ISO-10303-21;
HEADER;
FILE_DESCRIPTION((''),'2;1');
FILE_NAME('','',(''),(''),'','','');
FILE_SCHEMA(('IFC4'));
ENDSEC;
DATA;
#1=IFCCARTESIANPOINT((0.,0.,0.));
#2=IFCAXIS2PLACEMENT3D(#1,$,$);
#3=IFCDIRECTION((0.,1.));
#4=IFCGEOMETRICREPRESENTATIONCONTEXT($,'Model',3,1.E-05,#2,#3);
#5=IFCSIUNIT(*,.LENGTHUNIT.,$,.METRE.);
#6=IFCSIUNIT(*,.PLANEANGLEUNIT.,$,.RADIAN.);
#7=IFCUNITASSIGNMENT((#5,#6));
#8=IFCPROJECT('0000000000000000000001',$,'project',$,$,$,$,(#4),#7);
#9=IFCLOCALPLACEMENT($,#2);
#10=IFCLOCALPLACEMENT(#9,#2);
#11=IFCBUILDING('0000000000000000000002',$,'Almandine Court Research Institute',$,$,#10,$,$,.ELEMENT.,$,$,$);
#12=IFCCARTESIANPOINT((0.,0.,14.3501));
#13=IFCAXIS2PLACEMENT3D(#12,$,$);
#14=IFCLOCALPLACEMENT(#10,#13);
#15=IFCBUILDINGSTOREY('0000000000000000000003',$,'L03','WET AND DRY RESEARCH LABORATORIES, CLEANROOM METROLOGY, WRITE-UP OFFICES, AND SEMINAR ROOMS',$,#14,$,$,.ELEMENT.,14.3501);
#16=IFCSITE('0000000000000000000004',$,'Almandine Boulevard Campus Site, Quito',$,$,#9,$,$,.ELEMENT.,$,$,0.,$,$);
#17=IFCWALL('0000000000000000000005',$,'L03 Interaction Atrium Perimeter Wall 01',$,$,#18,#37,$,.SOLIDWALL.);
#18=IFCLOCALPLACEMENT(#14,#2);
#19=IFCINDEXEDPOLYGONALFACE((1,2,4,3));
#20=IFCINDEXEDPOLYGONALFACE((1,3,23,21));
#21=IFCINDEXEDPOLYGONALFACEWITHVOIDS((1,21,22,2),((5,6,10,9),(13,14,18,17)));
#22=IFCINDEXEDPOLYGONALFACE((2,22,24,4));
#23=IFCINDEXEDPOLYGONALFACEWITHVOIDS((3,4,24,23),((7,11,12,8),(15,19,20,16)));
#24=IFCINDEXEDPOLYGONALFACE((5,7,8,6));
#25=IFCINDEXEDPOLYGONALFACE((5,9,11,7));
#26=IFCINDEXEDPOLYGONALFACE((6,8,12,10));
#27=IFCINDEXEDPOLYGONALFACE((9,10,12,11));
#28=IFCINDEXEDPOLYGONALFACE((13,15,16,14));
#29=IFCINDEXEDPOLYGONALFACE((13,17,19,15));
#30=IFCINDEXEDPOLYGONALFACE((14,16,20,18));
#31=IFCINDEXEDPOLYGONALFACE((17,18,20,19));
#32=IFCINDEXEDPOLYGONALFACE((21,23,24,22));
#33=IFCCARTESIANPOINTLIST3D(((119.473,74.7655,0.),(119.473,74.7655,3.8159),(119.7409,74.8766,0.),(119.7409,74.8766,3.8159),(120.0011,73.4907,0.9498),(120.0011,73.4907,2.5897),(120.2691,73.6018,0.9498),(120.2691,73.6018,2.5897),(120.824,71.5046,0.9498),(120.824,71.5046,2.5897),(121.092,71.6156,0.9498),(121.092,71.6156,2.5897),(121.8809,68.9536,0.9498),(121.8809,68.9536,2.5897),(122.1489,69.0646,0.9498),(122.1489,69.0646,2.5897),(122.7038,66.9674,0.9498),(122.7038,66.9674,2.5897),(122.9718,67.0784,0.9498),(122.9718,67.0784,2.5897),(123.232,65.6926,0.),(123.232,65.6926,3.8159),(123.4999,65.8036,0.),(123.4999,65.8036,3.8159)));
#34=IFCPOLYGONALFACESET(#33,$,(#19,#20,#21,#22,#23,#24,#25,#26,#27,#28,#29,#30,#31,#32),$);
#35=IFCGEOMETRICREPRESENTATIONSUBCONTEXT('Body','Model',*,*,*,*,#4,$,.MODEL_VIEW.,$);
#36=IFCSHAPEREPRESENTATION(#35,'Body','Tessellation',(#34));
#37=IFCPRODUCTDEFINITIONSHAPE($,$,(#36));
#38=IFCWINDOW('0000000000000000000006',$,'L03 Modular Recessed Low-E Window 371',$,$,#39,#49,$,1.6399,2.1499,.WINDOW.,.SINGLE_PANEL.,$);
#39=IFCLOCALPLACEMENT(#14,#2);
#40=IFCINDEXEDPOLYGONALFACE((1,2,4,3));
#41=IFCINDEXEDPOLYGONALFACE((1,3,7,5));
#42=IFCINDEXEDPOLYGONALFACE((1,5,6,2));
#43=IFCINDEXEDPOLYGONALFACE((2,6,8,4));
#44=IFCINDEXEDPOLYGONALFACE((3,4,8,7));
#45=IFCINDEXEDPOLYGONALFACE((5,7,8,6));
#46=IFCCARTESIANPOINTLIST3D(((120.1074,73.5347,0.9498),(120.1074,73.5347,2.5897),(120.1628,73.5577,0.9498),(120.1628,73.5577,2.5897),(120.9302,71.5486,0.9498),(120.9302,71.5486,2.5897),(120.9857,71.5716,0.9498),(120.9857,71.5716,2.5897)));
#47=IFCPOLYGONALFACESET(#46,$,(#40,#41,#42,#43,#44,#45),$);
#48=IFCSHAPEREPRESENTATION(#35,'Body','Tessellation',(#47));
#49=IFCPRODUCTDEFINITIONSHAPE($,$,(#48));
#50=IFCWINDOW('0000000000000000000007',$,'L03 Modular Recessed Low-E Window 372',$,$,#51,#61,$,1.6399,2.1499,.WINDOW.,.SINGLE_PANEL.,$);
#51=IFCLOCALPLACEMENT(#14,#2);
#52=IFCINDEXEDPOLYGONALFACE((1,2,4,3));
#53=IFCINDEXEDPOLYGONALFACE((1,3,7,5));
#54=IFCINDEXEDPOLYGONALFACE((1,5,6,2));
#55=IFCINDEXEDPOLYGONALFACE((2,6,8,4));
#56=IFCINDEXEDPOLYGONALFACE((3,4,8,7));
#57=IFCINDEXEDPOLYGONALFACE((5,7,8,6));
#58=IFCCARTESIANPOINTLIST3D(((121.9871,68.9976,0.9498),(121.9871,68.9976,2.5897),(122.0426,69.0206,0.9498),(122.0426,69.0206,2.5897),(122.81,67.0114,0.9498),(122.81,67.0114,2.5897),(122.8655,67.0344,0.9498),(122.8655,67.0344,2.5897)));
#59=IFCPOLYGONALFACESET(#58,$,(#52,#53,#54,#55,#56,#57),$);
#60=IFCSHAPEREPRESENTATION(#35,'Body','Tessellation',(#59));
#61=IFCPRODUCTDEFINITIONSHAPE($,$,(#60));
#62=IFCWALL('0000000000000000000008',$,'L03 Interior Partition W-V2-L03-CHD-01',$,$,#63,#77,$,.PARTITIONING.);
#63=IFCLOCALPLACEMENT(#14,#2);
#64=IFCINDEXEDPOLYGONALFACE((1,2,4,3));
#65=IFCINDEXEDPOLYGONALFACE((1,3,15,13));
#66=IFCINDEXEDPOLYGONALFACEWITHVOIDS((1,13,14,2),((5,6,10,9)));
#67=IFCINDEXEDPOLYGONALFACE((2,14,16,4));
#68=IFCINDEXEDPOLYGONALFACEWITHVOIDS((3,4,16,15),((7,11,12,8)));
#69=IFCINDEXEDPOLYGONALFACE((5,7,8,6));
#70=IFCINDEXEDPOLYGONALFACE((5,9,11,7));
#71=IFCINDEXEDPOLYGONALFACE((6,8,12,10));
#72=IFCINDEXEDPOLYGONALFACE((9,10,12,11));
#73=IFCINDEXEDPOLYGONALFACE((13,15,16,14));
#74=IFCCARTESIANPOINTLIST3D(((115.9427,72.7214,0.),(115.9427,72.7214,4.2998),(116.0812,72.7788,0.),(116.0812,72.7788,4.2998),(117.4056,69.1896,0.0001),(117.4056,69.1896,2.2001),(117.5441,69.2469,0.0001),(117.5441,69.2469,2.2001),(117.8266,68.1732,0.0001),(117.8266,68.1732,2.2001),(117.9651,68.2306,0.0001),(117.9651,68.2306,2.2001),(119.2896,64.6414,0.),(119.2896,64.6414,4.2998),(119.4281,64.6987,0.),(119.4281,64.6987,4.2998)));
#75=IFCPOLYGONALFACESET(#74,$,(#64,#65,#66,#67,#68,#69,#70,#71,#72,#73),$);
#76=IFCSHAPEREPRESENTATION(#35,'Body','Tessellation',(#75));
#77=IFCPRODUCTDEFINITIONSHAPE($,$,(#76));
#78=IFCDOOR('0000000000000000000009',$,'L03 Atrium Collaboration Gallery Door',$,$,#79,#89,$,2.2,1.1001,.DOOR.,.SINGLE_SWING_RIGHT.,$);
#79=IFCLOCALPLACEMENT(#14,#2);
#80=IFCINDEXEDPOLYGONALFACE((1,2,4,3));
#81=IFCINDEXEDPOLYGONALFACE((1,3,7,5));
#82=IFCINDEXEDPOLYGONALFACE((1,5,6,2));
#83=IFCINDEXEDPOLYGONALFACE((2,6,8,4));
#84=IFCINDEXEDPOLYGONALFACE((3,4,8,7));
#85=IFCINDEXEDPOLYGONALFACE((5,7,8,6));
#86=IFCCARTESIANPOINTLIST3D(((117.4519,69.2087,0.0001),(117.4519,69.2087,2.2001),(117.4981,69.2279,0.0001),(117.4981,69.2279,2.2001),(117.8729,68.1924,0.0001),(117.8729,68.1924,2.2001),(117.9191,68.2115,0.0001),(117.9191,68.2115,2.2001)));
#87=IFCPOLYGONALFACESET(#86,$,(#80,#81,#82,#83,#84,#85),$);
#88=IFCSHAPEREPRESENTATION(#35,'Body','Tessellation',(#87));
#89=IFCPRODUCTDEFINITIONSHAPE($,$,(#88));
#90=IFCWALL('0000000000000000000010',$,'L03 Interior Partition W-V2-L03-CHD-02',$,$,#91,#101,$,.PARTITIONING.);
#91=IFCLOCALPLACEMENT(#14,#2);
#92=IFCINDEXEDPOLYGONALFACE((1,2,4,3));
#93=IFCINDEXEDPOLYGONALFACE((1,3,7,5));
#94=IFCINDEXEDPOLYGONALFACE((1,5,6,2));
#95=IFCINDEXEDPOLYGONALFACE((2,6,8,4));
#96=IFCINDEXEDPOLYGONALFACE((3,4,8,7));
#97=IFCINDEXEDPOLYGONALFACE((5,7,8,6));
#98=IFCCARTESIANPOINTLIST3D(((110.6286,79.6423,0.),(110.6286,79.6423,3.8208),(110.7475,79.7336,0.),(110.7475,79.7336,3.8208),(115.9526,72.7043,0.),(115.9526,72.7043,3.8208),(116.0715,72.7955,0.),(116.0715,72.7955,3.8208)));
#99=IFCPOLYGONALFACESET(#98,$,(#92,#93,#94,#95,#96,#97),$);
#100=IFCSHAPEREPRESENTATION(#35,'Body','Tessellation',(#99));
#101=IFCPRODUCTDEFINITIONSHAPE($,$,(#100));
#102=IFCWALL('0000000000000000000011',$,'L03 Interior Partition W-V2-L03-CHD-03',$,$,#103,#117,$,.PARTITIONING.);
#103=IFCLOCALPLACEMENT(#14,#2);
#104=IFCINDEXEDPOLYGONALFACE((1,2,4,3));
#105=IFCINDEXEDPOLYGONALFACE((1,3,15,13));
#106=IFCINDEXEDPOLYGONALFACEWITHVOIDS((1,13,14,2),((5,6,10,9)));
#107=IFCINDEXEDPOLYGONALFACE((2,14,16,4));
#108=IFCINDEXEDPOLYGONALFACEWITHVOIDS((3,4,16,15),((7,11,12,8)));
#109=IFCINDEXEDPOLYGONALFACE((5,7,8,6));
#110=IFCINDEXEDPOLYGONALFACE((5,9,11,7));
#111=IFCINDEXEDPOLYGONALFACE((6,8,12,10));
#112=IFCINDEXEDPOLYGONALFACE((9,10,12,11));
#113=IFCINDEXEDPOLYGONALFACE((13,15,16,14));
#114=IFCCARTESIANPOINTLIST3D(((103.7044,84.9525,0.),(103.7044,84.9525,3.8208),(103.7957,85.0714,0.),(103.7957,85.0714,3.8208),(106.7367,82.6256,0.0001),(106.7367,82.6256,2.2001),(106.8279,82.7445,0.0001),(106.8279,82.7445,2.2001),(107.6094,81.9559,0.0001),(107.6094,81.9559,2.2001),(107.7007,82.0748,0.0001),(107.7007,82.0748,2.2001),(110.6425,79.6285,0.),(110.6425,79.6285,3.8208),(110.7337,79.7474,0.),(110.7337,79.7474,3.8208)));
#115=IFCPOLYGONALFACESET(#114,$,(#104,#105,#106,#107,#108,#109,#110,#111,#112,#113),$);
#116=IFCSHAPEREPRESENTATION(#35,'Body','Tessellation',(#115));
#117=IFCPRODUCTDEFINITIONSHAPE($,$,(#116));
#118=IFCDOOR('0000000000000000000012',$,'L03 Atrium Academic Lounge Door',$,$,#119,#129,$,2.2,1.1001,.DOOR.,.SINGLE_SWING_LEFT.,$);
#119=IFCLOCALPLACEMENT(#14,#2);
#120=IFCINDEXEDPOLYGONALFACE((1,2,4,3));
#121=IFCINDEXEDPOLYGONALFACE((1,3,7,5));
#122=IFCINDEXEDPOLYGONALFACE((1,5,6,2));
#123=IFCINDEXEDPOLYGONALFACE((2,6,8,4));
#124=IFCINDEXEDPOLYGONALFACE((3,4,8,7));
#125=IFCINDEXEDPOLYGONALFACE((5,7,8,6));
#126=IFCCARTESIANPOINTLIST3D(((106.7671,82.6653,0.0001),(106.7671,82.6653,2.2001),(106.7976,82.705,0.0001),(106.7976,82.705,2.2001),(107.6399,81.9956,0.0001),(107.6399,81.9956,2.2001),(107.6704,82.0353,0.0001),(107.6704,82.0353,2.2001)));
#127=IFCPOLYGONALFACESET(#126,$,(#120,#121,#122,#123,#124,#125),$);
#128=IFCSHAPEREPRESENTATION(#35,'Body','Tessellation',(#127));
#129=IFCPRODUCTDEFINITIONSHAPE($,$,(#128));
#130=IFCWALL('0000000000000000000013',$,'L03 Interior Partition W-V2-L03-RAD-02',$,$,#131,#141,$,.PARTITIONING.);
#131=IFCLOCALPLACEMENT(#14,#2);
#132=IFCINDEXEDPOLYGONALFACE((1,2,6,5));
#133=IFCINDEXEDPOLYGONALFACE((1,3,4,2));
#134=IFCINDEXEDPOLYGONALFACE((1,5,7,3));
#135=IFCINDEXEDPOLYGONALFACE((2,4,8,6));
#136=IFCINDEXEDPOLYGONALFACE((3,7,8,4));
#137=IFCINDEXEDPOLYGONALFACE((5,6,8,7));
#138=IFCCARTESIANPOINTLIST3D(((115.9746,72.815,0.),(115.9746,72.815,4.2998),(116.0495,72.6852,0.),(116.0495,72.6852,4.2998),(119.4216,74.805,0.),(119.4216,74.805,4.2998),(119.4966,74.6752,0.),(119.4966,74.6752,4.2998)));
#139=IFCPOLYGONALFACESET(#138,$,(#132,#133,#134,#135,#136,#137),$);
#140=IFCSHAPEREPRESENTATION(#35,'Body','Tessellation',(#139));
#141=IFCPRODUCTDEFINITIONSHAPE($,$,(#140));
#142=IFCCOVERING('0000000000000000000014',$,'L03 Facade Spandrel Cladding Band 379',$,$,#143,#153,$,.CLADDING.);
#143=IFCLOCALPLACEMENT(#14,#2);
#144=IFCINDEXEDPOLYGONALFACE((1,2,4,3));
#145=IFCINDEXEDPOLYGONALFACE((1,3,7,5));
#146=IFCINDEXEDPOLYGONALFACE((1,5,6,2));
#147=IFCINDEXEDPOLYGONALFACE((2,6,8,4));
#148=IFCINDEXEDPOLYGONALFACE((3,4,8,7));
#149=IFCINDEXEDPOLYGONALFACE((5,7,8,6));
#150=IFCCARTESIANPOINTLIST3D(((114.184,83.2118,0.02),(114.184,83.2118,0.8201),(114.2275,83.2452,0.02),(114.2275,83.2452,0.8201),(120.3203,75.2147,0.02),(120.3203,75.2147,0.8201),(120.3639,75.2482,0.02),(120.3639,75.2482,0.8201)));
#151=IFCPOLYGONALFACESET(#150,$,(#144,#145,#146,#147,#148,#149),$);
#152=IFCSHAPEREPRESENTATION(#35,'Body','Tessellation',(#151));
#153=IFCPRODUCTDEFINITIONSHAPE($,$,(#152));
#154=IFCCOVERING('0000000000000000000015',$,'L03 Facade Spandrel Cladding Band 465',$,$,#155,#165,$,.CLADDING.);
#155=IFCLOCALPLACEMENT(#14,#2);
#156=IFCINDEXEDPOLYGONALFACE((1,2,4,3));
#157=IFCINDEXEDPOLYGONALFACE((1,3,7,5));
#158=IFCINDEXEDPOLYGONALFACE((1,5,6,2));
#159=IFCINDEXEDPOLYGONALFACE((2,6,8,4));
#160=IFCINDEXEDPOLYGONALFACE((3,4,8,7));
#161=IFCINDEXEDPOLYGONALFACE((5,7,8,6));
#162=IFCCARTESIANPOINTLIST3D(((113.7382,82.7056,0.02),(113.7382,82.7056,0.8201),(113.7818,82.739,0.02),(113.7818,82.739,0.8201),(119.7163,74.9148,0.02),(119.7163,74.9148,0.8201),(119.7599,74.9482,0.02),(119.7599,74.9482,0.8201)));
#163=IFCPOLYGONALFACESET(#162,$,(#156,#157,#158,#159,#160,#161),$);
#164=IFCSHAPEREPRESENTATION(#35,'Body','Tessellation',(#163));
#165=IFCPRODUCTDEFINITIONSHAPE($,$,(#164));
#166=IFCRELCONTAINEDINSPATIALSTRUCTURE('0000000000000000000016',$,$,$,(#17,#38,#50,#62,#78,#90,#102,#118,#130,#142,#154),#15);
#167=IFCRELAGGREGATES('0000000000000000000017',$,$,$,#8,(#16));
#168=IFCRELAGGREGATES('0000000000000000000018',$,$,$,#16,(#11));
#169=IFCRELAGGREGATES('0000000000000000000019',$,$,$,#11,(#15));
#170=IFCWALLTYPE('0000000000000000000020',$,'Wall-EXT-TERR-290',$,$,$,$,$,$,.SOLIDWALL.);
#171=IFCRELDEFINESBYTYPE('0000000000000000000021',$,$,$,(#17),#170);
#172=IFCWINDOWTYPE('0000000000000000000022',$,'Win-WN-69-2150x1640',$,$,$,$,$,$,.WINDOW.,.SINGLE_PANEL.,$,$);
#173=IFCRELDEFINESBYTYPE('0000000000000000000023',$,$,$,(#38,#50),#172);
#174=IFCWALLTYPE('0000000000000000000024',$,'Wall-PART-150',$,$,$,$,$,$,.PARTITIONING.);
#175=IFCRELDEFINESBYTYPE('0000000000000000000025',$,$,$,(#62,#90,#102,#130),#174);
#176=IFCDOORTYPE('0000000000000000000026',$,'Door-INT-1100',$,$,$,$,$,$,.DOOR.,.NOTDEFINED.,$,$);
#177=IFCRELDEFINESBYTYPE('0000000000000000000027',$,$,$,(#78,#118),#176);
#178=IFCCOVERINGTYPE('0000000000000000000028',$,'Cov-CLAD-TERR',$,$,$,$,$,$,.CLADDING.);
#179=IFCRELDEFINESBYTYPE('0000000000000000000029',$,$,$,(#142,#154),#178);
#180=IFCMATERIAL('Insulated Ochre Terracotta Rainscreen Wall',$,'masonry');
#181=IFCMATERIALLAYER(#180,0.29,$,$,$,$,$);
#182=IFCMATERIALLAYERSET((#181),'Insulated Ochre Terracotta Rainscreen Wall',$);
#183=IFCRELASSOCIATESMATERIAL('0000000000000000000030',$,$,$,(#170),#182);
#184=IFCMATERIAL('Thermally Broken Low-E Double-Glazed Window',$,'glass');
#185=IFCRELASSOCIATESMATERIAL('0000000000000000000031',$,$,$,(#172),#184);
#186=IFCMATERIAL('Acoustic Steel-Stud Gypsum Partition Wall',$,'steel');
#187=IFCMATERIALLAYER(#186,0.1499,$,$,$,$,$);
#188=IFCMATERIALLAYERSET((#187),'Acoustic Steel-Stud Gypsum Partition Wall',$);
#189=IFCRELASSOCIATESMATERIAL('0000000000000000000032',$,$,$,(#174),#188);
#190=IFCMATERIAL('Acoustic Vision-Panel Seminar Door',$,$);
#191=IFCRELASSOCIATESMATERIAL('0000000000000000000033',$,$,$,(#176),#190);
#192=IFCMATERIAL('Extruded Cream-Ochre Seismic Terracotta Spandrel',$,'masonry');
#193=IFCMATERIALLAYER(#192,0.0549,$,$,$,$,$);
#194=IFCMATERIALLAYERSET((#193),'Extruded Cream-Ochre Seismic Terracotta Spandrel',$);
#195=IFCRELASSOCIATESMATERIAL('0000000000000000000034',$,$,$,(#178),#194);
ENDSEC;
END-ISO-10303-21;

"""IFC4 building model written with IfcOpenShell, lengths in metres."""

from ifc_helpers import new_model, si_unit, direction, frame, frame_2d, origin, origin_2d, place, context, subcontext, project, spatial, rectangle, extrude, material, layer, layer_set, type_object, element, fill, save


model = new_model("IFC4")

# Units and contexts
model_context = context("Model", 3, precision=1e-05, world=origin(), true_north=direction((0.0, 1.0)))
body_context = subcontext(model_context, "Body", "Model", "MODEL_VIEW")
ifc_project = project(units=[si_unit("LENGTHUNIT", "METRE"), si_unit("PLANEANGLEUNIT", "RADIAN")], contexts=[model_context])

# Site, building, storey
site_placement = place(None, origin())
site = spatial("IfcSite", under=ifc_project, at=site_placement, Name="Almandine Boulevard Campus Site, Quito", CompositionType="ELEMENT", RefElevation=0.0)
building_placement = place(site_placement, origin())
building = spatial("IfcBuilding", under=site, at=building_placement, Name="Almandine Court Research Institute", CompositionType="ELEMENT")
storey_placement = place(building_placement, frame((0.0, 0.0, 14.3501)))
storey = spatial("IfcBuildingStorey", under=building, at=storey_placement, Name="L03", Description="WET AND DRY RESEARCH LABORATORIES, CLEANROOM METROLOGY, WRITE-UP OFFICES, AND SEMINAR ROOMS", CompositionType="ELEMENT", Elevation=14.3501)

# Shared definitions
ifc_material_1 = material(Name="Insulated Ochre Terracotta Rainscreen Wall", Category="masonry")
ifc_layer_1 = layer(ifc_material_1, 0.29)
ifc_layer_set_1 = layer_set([ifc_layer_1], Name="Insulated Ochre Terracotta Rainscreen Wall")
wall_type_1 = type_object("IfcWallType", Name="Wall-EXT-TERR-290", PredefinedType="SOLIDWALL", material=ifc_layer_set_1)
ifc_material_2 = material(Name="Thermally Broken Low-E Double-Glazed Window", Category="glass")

# Wall, openings, windows
wall_1_placement = place(storey_placement, frame((119.6069, 74.821, 0.0), z_axis=(0.0, 0.0, 1.0), x_axis=(0.382759, -0.923848, 0.0)))
wall_1 = element("IfcWall", 1, at=wall_1_placement, inside=storey, type_object=wall_type_1, Name="L03 Interaction Atrium Perimeter Wall 01", PredefinedType="SOLIDWALL", context=body_context, shape_type="SweptSolid", body=[
    extrude(rectangle(XDim=9.8208, YDim=0.29, at=frame_2d((4.9104, 0.0))), origin(), (0.0, 0.0, 1.0), 3.8159),
])
opening_1_placement = place(wall_1_placement, frame((1.3799, 0.0, 0.95)))
opening_1 = element("IfcOpeningElement", 2, at=opening_1_placement, cuts=wall_1, PredefinedType="OPENING", context=body_context, shape_type="SweptSolid", body=[
    extrude(rectangle(XDim=2.1499, YDim=1.6399, at=frame_2d((1.075, 0.8198))), frame((0.0, 0.155, 0.0), z_axis=(0.0, -1.0, 0.0), x_axis=(1.0, 0.0, 0.0)), (0.0, 0.0, 1.0), 0.3101),
])
opening_2_placement = place(wall_1_placement, frame((6.291, 0.0, 0.95)))
opening_2 = element("IfcOpeningElement", 3, at=opening_2_placement, cuts=wall_1, PredefinedType="OPENING", context=body_context, shape_type="SweptSolid", body=[
    extrude(rectangle(XDim=2.1499, YDim=1.6399, at=frame_2d((1.075, 0.8198))), frame((0.0, 0.155, 0.0), z_axis=(0.0, -1.0, 0.0), x_axis=(1.0, 0.0, 0.0)), (0.0, 0.0, 1.0), 0.3101),
])
window_type_1 = type_object("IfcWindowType", Name="Win-WN-69-2150x1640", PartitioningType="SINGLE_PANEL", PredefinedType="WINDOW", material=ifc_material_2)
window_1_placement = place(opening_1_placement, origin())
window_1 = element("IfcWindow", 4, at=window_1_placement, inside=storey, type_object=window_type_1, Name="L03 Modular Recessed Low-E Window 371", OverallHeight=1.6399, OverallWidth=2.1499, PartitioningType="SINGLE_PANEL", PredefinedType="WINDOW", context=body_context, shape_type="SweptSolid", body=[
    extrude(rectangle(XDim=2.1499, YDim=1.6399, at=frame_2d((1.075, 0.8198))), frame((0.0, 0.03, 0.0), z_axis=(0.0, -1.0, 0.0), x_axis=(1.0, 0.0, 0.0)), (0.0, 0.0, 1.0), 0.0601),
])
fill(opening_1, window_1)
window_2_placement = place(opening_2_placement, origin())
window_2 = element("IfcWindow", 5, at=window_2_placement, inside=storey, type_object=window_type_1, Name="L03 Modular Recessed Low-E Window 372", OverallHeight=1.6399, OverallWidth=2.1499, PartitioningType="SINGLE_PANEL", PredefinedType="WINDOW", context=body_context, shape_type="SweptSolid", body=[
    extrude(rectangle(XDim=2.1499, YDim=1.6399, at=frame_2d((1.075, 0.8198))), frame((0.0, 0.03, 0.0), z_axis=(0.0, -1.0, 0.0), x_axis=(1.0, 0.0, 0.0)), (0.0, 0.0, 1.0), 0.0601),
])
fill(opening_2, window_2)

# Wall, opening, door
ifc_material_3 = material(Name="Acoustic Steel-Stud Gypsum Partition Wall", Category="steel")
ifc_layer_2 = layer(ifc_material_3, 0.1499)
ifc_layer_set_2 = layer_set([ifc_layer_2], Name="Acoustic Steel-Stud Gypsum Partition Wall")
wall_type_2 = type_object("IfcWallType", Name="Wall-PART-150", PredefinedType="PARTITIONING", material=ifc_layer_set_2)
wall_2_placement = place(storey_placement, frame((119.3589, 64.6699, 0.0), z_axis=(0.0, 0.0, 1.0), x_axis=(-0.382688, 0.923878, 0.0)))
wall_2 = element("IfcWall", 6, at=wall_2_placement, inside=storey, type_object=wall_type_2, Name="L03 Interior Partition W-V2-L03-CHD-01", PredefinedType="PARTITIONING", context=body_context, shape_type="SweptSolid", body=[
    extrude(rectangle(XDim=8.7458, YDim=0.1499, at=frame_2d((4.373, 0.0))), origin(), (0.0, 0.0, 1.0), 4.2998),
])
opening_3_placement = place(wall_2_placement, frame((3.823, 0.0, 0.0)))
opening_3 = element("IfcOpeningElement", 7, at=opening_3_placement, cuts=wall_2, PredefinedType="OPENING", context=body_context, shape_type="SweptSolid", body=[
    extrude(rectangle(XDim=1.1001, YDim=2.2, at=frame_2d((0.55, 1.1001))), frame((0.0, 0.085, 0.0), z_axis=(0.0, -1.0, 0.0), x_axis=(1.0, 0.0, 0.0)), (0.0, 0.0, 1.0), 0.1699),
])
ifc_material_4 = material(Name="Acoustic Vision-Panel Seminar Door")
door_type = type_object("IfcDoorType", Name="Door-INT-1100", OperationType="NOTDEFINED", PredefinedType="DOOR", material=ifc_material_4)
door_1_placement = place(opening_3_placement, origin())
door_1 = element("IfcDoor", 8, at=door_1_placement, inside=storey, type_object=door_type, Name="L03 Atrium Collaboration Gallery Door", OperationType="SINGLE_SWING_RIGHT", OverallHeight=2.2, OverallWidth=1.1001, PredefinedType="DOOR", context=body_context, shape_type="SweptSolid", body=[
    extrude(rectangle(XDim=1.1001, YDim=2.2, at=frame_2d((0.55, 1.1001))), frame((0.0, 0.0249, 0.0), z_axis=(0.0, -1.0, 0.0), x_axis=(1.0, 0.0, 0.0)), (0.0, 0.0, 1.0), 0.05),
])
fill(opening_3, door_1)

# Wall
wall_3_placement = place(storey_placement, frame((116.012, 72.75, 0.0), z_axis=(0.0, 0.0, 1.0), x_axis=(-0.608781, 0.793338, 0.0)))
element("IfcWall", 9, at=wall_3_placement, inside=storey, type_object=wall_type_2, Name="L03 Interior Partition W-V2-L03-CHD-02", PredefinedType="PARTITIONING", context=body_context, shape_type="SweptSolid", body=[
    extrude(rectangle(XDim=8.7454, YDim=0.1499, at=frame_2d((4.3726, 0.0))), origin(), (0.0, 0.0, 1.0), 3.8208),
])

# Wall, opening, door
wall_4_placement = place(storey_placement, frame((110.688, 79.688, 0.0), z_axis=(0.0, 0.0, 1.0), x_axis=(-0.793338, 0.608781, 0.0)))
wall_4 = element("IfcWall", 10, at=wall_4_placement, inside=storey, type_object=wall_type_2, Name="L03 Interior Partition W-V2-L03-CHD-03", PredefinedType="PARTITIONING", context=body_context, shape_type="SweptSolid", body=[
    extrude(rectangle(XDim=8.7454, YDim=0.1499, at=frame_2d((4.3726, 0.0))), origin(), (0.0, 0.0, 1.0), 3.8208),
])
opening_4_placement = place(wall_4_placement, frame((3.823, 0.0, 0.0)))
opening_4 = element("IfcOpeningElement", 11, at=opening_4_placement, cuts=wall_4, PredefinedType="OPENING", context=body_context, shape_type="SweptSolid", body=[
    extrude(rectangle(XDim=1.1001, YDim=2.2, at=frame_2d((0.55, 1.1001))), frame((0.0, 0.085, 0.0), z_axis=(0.0, -1.0, 0.0), x_axis=(1.0, 0.0, 0.0)), (0.0, 0.0, 1.0), 0.1699),
])
door_2_placement = place(opening_4_placement, origin())
door_2 = element("IfcDoor", 12, at=door_2_placement, inside=storey, type_object=door_type, Name="L03 Atrium Academic Lounge Door", OperationType="SINGLE_SWING_LEFT", OverallHeight=2.2, OverallWidth=1.1001, PredefinedType="DOOR", context=body_context, shape_type="SweptSolid", body=[
    extrude(rectangle(XDim=1.1001, YDim=2.2, at=frame_2d((0.55, 1.1001))), frame((0.0, 0.0249, 0.0), z_axis=(0.0, -1.0, 0.0), x_axis=(1.0, 0.0, 0.0)), (0.0, 0.0, 1.0), 0.05),
])
fill(opening_4, door_2)

# Wall
wall_5_placement = place(storey_placement, frame((116.012, 72.75, 0.0), z_axis=(0.0, 0.0, 1.0), x_axis=(0.866042, 0.499972, 0.0)))
element("IfcWall", 13, at=wall_5_placement, inside=storey, type_object=wall_type_2, Name="L03 Interior Partition W-V2-L03-RAD-02", PredefinedType="PARTITIONING", context=body_context, shape_type="SweptSolid", body=[
    extrude(rectangle(XDim=3.9802, YDim=0.1499, at=frame_2d((1.9902, 0.0))), origin(), (0.0, 0.0, 1.0), 4.2998),
])

# Coverings
ifc_material_5 = material(Name="Extruded Cream-Ochre Seismic Terracotta Spandrel", Category="masonry")
ifc_layer_3 = layer(ifc_material_5, 0.0549)
ifc_layer_set_3 = layer_set([ifc_layer_3], Name="Extruded Cream-Ochre Seismic Terracotta Spandrel")
covering_type = type_object("IfcCoveringType", Name="Cov-CLAD-TERR", PredefinedType="CLADDING", material=ifc_layer_set_3)
covering_1_placement = place(storey_placement, frame((117.2739, 79.23, 0.02), z_axis=(0.0, 0.0, 1.0), x_axis=(-0.608761, 0.793353, 0.0)))
element("IfcCovering", 14, at=covering_1_placement, inside=storey, type_object=covering_type, Name="L03 Facade Spandrel Cladding Band 379", PredefinedType="CLADDING", context=body_context, shape_type="SweptSolid", body=[
    extrude(rectangle(XDim=10.0801, YDim=0.0549, at=origin_2d()), origin(), (0.0, 0.0, 1.0), 0.8),
])
covering_2_placement = place(storey_placement, frame((116.749, 78.8269, 0.02), z_axis=(0.0, 0.0, 1.0), x_axis=(0.608761, -0.793353, 0.0)))
element("IfcCovering", 15, at=covering_2_placement, inside=storey, type_object=covering_type, Name="L03 Facade Spandrel Cladding Band 465", PredefinedType="CLADDING", context=body_context, shape_type="SweptSolid", body=[
    extrude(rectangle(XDim=9.8201, YDim=0.0549, at=origin_2d()), origin(), (0.0, 0.0, 1.0), 0.8),
])

save(model, "model.ifc")
